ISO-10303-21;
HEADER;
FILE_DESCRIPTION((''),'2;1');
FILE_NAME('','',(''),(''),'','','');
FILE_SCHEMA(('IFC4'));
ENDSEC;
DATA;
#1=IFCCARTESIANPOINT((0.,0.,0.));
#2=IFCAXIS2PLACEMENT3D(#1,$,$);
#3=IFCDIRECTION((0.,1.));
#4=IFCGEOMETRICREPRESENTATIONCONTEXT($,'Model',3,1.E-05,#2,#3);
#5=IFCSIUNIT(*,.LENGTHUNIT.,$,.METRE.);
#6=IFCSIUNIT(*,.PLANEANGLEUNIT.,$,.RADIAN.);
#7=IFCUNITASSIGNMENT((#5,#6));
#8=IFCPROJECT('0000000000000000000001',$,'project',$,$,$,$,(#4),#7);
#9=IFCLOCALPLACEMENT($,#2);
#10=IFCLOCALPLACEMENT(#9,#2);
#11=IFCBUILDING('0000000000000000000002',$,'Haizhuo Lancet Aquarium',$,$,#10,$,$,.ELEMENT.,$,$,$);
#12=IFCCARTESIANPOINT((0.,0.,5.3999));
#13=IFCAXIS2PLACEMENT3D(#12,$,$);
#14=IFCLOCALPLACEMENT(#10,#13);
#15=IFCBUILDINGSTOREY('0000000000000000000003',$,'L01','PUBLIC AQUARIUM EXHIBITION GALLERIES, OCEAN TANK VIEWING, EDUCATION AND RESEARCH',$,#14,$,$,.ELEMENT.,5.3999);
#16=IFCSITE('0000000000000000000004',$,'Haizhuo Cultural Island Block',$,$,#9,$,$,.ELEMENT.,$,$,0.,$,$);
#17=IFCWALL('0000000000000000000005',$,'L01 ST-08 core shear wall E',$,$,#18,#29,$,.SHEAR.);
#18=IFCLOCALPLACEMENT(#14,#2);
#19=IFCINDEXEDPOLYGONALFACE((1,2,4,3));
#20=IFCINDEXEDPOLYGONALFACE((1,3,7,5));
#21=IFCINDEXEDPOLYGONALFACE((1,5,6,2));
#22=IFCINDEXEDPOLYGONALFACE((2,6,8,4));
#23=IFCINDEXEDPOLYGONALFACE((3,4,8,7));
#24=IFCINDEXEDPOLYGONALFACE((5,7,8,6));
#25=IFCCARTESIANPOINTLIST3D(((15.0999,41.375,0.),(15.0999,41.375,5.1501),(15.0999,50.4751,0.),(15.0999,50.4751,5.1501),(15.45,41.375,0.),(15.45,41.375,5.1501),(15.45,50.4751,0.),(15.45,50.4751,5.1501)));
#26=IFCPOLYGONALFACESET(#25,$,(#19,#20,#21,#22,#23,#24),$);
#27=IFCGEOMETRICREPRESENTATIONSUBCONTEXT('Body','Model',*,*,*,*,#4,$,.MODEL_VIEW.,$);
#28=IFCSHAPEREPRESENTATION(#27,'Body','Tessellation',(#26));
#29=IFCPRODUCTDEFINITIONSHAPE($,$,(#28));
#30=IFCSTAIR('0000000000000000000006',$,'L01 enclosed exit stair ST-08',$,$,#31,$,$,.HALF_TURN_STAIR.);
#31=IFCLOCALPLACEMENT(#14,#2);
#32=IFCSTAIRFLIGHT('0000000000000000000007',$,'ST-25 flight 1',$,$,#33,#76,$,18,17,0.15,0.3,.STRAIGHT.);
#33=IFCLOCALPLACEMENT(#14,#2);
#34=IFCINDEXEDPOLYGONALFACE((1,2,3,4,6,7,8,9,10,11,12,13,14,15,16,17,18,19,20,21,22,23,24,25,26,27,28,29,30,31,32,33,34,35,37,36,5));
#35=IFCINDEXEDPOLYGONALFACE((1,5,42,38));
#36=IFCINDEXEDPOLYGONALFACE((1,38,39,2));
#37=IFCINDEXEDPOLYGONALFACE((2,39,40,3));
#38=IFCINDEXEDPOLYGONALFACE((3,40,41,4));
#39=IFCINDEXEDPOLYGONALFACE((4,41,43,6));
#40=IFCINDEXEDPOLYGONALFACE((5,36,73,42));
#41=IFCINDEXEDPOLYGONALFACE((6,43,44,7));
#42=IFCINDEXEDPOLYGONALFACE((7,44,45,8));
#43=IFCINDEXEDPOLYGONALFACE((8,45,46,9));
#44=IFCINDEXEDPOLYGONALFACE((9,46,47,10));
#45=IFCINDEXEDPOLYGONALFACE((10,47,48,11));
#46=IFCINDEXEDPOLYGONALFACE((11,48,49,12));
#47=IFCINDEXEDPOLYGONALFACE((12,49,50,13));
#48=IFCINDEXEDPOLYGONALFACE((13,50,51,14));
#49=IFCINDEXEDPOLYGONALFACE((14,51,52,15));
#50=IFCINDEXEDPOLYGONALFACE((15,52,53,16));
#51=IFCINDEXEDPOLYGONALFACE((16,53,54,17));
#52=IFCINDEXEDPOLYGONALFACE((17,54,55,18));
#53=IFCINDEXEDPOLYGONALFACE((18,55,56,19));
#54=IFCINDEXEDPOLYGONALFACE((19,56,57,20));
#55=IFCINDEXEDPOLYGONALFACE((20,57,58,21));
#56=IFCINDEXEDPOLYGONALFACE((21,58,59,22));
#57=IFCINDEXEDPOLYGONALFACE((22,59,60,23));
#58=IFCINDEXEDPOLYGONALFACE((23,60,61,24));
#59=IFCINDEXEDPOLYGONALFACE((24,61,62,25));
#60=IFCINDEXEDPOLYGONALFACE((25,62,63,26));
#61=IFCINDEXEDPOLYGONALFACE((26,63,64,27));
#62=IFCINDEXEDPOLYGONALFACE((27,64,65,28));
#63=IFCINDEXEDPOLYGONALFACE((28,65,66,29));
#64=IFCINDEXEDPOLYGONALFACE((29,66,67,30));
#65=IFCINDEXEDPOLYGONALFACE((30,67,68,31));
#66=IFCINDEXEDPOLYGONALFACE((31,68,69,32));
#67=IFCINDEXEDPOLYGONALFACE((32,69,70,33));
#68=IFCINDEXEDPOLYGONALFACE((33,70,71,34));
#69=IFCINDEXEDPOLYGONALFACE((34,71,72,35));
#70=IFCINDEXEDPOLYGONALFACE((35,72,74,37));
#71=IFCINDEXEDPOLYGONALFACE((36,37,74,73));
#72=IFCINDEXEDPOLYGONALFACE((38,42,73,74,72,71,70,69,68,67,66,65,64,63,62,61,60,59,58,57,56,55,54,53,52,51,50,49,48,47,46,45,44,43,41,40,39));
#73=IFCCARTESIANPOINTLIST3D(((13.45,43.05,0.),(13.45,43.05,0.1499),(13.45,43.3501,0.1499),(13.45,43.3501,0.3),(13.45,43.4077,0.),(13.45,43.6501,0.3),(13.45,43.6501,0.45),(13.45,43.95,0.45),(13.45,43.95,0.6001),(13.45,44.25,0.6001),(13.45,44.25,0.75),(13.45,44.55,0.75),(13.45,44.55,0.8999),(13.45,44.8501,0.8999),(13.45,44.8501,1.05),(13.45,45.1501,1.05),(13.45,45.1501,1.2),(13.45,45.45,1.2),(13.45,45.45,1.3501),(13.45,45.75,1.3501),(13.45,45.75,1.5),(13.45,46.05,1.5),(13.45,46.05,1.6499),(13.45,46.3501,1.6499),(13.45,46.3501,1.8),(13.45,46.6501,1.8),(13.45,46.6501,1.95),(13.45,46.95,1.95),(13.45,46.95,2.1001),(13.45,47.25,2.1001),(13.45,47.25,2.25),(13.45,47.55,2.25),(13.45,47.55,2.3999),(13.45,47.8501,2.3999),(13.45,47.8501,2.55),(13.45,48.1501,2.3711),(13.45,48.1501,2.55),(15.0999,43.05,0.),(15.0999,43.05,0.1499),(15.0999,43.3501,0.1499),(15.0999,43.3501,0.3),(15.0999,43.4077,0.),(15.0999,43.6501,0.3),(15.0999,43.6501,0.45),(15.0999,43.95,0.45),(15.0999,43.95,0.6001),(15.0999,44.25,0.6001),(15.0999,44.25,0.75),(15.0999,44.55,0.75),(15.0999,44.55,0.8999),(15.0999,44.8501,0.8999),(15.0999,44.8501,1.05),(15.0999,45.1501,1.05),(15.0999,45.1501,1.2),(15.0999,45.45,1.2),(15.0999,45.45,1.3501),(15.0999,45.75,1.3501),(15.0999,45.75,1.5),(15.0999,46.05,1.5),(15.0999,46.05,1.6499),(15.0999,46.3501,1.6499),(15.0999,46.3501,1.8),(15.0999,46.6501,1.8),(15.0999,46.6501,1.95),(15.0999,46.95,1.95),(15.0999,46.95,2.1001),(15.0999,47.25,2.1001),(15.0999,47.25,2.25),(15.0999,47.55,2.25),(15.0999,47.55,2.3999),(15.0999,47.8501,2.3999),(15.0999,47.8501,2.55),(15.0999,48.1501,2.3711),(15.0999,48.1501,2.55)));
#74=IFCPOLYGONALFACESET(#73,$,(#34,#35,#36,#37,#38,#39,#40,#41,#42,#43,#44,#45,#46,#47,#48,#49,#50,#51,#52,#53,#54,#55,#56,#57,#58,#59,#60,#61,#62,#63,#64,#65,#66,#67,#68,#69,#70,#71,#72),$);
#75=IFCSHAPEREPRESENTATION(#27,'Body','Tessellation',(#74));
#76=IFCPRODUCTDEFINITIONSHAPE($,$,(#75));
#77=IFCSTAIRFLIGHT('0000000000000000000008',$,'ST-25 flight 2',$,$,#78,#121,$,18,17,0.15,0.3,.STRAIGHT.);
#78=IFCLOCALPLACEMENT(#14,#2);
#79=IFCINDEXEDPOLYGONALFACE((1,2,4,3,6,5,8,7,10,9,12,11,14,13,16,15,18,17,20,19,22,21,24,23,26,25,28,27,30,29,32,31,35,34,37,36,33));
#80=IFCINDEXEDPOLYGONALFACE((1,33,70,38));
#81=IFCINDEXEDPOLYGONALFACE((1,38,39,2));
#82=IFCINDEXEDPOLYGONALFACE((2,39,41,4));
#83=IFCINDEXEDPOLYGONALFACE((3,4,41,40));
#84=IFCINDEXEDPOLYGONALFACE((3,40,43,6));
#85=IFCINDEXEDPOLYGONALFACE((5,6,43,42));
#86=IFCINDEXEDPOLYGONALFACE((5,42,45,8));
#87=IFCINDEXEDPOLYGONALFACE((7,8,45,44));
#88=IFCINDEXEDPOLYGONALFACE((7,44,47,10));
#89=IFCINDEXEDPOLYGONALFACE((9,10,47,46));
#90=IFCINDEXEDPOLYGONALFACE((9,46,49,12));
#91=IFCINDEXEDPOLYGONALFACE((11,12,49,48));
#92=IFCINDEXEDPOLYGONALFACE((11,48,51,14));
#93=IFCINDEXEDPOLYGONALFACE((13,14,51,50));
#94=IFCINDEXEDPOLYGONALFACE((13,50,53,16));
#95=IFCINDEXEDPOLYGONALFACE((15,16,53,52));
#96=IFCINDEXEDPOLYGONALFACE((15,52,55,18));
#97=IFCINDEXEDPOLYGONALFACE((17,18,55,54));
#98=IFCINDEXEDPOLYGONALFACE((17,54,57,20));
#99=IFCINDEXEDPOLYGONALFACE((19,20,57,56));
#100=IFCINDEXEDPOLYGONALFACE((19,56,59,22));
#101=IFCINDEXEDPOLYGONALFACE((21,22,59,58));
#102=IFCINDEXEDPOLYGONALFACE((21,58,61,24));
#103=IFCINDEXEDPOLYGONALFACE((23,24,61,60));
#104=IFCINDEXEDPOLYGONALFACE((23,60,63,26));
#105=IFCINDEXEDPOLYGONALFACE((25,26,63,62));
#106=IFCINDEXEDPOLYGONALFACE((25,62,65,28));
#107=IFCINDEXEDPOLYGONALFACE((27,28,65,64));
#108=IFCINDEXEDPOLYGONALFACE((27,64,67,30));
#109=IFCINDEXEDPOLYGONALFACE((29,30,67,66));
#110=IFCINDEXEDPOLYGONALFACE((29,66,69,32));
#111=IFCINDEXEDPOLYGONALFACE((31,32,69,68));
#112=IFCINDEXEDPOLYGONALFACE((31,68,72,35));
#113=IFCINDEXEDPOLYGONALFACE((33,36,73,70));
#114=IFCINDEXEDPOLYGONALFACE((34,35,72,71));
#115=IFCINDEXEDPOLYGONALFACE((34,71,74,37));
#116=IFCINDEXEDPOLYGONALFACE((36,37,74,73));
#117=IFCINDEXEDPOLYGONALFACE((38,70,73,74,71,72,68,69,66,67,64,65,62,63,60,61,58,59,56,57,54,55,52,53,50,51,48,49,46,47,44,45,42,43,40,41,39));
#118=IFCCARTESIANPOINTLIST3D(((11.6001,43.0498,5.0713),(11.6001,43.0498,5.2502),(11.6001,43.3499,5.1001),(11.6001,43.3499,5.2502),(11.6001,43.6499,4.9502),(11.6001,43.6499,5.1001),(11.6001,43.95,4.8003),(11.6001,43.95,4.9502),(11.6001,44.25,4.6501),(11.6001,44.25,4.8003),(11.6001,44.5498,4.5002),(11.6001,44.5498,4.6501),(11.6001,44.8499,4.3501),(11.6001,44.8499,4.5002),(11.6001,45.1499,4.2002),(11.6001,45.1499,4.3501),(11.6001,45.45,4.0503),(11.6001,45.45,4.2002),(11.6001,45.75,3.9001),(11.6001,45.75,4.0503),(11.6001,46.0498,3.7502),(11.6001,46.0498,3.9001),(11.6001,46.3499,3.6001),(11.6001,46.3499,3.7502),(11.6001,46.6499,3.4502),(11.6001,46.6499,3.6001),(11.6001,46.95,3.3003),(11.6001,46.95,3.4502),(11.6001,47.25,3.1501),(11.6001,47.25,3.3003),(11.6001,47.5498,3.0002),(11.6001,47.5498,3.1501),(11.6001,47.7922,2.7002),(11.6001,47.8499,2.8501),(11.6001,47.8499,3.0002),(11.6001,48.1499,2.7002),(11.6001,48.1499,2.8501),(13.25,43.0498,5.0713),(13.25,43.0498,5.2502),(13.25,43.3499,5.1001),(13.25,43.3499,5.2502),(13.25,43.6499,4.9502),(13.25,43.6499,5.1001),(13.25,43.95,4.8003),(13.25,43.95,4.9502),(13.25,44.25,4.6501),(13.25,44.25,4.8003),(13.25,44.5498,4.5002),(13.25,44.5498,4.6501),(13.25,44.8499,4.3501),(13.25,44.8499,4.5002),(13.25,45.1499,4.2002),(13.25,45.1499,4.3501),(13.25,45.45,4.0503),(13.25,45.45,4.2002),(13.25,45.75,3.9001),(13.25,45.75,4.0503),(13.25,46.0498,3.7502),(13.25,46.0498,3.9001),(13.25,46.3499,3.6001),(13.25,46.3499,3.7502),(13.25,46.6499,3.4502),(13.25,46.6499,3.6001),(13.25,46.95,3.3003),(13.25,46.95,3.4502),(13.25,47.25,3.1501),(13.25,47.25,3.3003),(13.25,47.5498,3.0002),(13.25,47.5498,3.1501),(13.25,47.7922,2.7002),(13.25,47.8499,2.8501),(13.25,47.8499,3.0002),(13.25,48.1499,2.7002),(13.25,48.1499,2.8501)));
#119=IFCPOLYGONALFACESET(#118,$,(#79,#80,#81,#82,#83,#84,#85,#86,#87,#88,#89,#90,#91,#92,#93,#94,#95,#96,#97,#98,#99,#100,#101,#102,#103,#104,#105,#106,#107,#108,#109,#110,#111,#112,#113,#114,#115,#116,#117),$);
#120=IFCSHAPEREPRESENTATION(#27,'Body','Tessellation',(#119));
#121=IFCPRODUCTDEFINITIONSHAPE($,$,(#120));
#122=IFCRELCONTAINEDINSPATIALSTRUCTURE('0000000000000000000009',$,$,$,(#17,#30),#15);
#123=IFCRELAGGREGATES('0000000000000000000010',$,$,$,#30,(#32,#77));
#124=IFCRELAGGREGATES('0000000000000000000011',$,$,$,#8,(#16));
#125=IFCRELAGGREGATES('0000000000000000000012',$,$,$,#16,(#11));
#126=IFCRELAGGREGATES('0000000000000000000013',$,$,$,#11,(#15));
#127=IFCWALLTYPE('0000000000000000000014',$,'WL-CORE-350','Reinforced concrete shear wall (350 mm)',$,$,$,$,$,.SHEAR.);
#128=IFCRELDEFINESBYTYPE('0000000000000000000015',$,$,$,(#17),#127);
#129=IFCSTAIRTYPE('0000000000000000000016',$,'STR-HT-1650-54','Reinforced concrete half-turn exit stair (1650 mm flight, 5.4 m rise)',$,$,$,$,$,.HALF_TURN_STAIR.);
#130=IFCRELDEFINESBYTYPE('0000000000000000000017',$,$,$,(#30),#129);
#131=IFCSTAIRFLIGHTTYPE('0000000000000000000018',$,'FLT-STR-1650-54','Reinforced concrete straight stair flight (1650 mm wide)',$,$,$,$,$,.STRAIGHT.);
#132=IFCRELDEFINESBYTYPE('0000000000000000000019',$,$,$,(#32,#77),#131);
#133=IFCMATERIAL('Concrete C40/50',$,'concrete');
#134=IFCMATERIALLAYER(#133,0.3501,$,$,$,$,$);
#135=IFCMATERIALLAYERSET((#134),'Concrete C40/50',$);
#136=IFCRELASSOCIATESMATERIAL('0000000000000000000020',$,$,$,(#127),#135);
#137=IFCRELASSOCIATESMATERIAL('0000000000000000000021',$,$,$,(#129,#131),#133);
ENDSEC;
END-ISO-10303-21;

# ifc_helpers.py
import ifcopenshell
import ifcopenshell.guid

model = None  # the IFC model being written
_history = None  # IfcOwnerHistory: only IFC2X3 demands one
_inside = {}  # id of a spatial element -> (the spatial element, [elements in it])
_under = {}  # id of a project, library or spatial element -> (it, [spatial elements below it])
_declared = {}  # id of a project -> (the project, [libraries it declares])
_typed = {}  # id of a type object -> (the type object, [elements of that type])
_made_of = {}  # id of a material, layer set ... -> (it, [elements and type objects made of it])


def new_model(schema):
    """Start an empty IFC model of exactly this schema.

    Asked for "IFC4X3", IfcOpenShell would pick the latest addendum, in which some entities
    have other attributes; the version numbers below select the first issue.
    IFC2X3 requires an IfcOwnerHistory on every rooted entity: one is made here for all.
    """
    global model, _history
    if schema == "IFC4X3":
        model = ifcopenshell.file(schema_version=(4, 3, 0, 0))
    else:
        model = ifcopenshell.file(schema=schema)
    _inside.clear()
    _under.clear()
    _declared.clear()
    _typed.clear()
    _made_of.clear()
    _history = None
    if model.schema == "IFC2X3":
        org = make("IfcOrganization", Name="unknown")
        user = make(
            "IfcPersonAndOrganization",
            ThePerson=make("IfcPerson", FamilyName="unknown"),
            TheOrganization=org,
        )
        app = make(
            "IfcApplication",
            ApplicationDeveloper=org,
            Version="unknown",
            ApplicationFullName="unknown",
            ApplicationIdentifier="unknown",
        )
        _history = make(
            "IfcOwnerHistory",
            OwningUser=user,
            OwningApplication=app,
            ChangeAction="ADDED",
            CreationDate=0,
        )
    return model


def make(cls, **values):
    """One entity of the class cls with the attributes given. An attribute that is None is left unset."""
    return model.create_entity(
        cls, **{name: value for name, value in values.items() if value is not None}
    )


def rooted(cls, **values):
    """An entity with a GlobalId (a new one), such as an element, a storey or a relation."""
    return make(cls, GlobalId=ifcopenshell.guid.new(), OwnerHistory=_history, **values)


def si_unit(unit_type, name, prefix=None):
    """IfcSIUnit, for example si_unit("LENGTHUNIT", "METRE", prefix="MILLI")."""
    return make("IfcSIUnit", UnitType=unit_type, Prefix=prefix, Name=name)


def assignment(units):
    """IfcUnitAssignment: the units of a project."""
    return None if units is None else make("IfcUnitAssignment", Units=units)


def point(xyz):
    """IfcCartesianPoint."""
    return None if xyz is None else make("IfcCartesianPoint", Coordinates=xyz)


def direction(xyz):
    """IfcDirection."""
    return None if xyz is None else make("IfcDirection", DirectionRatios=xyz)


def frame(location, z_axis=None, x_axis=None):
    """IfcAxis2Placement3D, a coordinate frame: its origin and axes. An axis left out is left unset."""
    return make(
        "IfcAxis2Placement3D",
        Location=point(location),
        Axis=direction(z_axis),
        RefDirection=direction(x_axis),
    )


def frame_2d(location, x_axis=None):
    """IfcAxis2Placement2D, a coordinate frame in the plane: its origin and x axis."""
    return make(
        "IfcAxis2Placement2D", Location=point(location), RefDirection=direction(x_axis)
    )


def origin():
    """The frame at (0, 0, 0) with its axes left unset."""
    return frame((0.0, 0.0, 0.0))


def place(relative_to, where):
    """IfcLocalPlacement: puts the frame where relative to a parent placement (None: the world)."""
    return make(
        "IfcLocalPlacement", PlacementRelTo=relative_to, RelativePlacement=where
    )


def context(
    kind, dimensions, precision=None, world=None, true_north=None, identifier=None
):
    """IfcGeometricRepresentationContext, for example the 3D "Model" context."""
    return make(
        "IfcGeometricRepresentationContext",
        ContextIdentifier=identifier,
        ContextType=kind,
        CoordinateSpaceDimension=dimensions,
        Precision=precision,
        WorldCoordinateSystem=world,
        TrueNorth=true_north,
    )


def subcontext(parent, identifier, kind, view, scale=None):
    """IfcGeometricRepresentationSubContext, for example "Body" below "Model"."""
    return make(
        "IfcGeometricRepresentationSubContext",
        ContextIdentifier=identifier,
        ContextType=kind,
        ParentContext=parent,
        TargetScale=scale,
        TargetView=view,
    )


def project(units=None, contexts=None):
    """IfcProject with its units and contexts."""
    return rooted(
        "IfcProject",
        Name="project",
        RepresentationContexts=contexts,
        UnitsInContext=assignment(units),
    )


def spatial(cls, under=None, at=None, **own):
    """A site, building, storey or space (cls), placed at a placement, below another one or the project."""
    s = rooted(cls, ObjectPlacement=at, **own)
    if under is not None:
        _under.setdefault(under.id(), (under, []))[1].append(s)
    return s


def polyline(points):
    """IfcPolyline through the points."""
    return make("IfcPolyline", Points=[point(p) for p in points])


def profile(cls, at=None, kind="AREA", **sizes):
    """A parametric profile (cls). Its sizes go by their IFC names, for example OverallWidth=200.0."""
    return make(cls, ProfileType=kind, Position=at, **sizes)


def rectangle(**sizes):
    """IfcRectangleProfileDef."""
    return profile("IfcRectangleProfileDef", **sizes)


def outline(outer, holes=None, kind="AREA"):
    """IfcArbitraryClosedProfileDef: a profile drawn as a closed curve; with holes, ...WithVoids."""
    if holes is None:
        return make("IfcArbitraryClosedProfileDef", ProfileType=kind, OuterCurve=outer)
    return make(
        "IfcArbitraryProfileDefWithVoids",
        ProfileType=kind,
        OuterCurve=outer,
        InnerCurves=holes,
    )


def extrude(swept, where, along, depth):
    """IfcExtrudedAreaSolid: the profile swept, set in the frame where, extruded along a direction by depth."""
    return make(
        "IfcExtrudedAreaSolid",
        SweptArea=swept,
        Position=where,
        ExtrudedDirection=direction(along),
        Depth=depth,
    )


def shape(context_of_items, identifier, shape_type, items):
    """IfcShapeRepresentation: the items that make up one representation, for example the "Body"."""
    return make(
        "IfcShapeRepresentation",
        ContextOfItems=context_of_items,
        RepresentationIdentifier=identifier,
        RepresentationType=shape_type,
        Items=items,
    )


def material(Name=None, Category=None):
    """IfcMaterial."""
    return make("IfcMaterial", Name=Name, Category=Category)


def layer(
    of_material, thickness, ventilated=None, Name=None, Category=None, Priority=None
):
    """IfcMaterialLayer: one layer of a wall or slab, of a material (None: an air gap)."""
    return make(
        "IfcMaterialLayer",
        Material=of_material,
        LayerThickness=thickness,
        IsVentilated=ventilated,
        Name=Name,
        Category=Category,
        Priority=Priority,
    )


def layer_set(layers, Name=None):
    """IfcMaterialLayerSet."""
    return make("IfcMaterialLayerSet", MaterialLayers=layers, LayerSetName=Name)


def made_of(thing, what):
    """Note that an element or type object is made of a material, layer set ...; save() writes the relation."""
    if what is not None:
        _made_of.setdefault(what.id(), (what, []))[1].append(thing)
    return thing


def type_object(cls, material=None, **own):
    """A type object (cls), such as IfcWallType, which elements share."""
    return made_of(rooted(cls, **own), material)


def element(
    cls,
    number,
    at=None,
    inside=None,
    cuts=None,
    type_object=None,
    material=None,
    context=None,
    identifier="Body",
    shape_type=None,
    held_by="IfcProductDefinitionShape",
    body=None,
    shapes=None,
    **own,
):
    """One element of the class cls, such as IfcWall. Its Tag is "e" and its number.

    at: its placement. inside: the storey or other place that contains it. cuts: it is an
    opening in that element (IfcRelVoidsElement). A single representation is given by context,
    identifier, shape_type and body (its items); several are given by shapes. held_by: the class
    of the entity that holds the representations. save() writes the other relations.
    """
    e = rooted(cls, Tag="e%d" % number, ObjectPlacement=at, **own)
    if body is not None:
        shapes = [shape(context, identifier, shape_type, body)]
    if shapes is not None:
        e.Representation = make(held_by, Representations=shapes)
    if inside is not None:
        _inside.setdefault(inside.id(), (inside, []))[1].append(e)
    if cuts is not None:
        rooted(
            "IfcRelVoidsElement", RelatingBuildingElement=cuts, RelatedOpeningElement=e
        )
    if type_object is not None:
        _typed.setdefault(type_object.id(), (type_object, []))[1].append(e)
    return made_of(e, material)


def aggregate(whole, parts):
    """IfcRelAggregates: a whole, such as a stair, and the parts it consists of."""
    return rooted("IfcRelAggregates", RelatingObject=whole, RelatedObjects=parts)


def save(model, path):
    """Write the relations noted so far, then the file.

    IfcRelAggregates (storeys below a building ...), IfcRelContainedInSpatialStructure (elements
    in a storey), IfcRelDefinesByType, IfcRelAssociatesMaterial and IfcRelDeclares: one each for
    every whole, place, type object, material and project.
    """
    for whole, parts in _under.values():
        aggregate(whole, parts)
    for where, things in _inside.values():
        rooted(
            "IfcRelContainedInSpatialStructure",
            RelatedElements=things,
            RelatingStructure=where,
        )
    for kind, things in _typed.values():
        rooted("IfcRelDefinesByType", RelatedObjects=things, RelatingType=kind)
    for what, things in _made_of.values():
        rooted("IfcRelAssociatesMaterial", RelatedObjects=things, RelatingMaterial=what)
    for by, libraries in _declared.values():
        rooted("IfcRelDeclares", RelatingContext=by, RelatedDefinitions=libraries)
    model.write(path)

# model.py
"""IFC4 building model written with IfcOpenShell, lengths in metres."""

from ifc_helpers import new_model, si_unit, direction, frame, frame_2d, origin, place, context, subcontext, project, spatial, polyline, rectangle, outline, extrude, material, layer, layer_set, type_object, element, aggregate, save


model = new_model("IFC4")

# Units and contexts
model_context = context("Model", 3, precision=1e-05, world=origin(), true_north=direction((0.0, 1.0)))
body_context = subcontext(model_context, "Body", "Model", "MODEL_VIEW")
ifc_project = project(units=[si_unit("LENGTHUNIT", "METRE"), si_unit("PLANEANGLEUNIT", "RADIAN")], contexts=[model_context])

# Site, building, storey
site_placement = place(None, origin())
site = spatial("IfcSite", under=ifc_project, at=site_placement, Name="Haizhuo Cultural Island Block", CompositionType="ELEMENT", RefElevation=0.0)
building_placement = place(site_placement, origin())
building = spatial("IfcBuilding", under=site, at=building_placement, Name="Haizhuo Lancet Aquarium", CompositionType="ELEMENT")
storey_placement = place(building_placement, frame((0.0, 0.0, 5.3999)))
storey = spatial("IfcBuildingStorey", under=building, at=storey_placement, Name="L01", Description="PUBLIC AQUARIUM EXHIBITION GALLERIES, OCEAN TANK VIEWING, EDUCATION AND RESEARCH", CompositionType="ELEMENT", Elevation=5.3999)

# Shared definitions
ifc_material_1 = material(Name="Concrete C40/50", Category="concrete")

# Shared definitions
ifc_layer_1 = layer(ifc_material_1, 0.3501)
ifc_layer_set_1 = layer_set([ifc_layer_1], Name="Concrete C40/50")
wall_type_1 = type_object("IfcWallType", Name="WL-CORE-350", Description="Reinforced concrete shear wall (350 mm)", PredefinedType="SHEAR", material=ifc_layer_set_1)

# Wall
for number, where, z_axis, x_axis, name in (
    (1, (15.2749, 41.375, 0.0), (0.0, 0.0, 1.0), (0.0, 1.0, 0.0), "L01 ST-08 core shear wall E"),
):
    element("IfcWall", number, at=place(storey_placement, frame(where, z_axis=z_axis, x_axis=x_axis)), inside=storey, type_object=wall_type_1, Name=name, PredefinedType="SHEAR", context=body_context, shape_type="SweptSolid", body=[
        extrude(rectangle(XDim=9.1001, YDim=0.3501, at=frame_2d((4.55, 0.0))), origin(), (0.0, 0.0, 1.0), 5.1501),
    ])

# Stair, stair flights
stair_type = type_object("IfcStairType", Name="STR-HT-1650-54", Description="Reinforced concrete half-turn exit stair (1650 mm flight, 5.4 m rise)", PredefinedType="HALF_TURN_STAIR", material=ifc_material_1)
stair_placement = place(storey_placement, origin())
stair = element("IfcStair", 2, at=stair_placement, inside=storey, type_object=stair_type, Name="L01 enclosed exit stair ST-08", PredefinedType="HALF_TURN_STAIR")
stair_flight_type = type_object("IfcStairFlightType", Name="FLT-STR-1650-54", Description="Reinforced concrete straight stair flight (1650 mm wide)", PredefinedType="STRAIGHT", material=ifc_material_1)
stair_flight_1_placement = place(storey_placement, frame((14.2749, 43.05, 0.0), z_axis=(0.0, 0.0, 1.0), x_axis=(0.0, 1.0, 0.0)))
stair_flight_1 = element("IfcStairFlight", 3, at=stair_flight_1_placement, type_object=stair_flight_type, Name="ST-25 flight 1", NumberOfRisers=18, NumberOfTreads=17, PredefinedType="STRAIGHT", RiserHeight=0.15, TreadLength=0.3, context=body_context, shape_type="SweptSolid", body=[
    extrude(outline(polyline([(0.0, 0.0), (0.0, 0.1499), (0.3, 0.1499), (0.3, 0.3), (0.6001, 0.3), (0.6001, 0.45), (0.8999, 0.45), (0.8999, 0.6001), (1.2, 0.6001), (1.2, 0.75), (1.5, 0.75), (1.5, 0.8999), (1.8, 0.8999), (1.8, 1.05), (2.1001, 1.05), (2.1001, 1.2), (2.3999, 1.2), (2.3999, 1.3501), (2.7, 1.3501), (2.7, 1.5), (3.0, 1.5), (3.0, 1.6499), (3.3, 1.6499), (3.3, 1.8), (3.6001, 1.8), (3.6001, 1.95), (3.8999, 1.95), (3.8999, 2.1001), (4.2, 2.1001), (4.2, 2.25), (4.5, 2.25), (4.5, 2.3999), (4.8, 2.3999), (4.8, 2.55), (5.1001, 2.55), (5.1001, 2.7), (5.1001, 2.3711), (0.3577, 0.0), (0.0, 0.0)])), frame((0.0, 0.825, 0.0), z_axis=(0.0, -1.0, 0.0), x_axis=(1.0, 0.0, 0.0)), (0.0, 0.0, 1.0), 1.6499),
])
stair_flight_2_placement = place(storey_placement, frame((12.425, 48.1499, 2.7002), z_axis=(0.0, 0.0, 1.0), x_axis=(0.0, -1.0, 0.0)))
stair_flight_2 = element("IfcStairFlight", 4, at=stair_flight_2_placement, type_object=stair_flight_type, Name="ST-25 flight 2", NumberOfRisers=18, NumberOfTreads=17, PredefinedType="STRAIGHT", RiserHeight=0.15, TreadLength=0.3, context=body_context, shape_type="SweptSolid", body=[
    extrude(outline(polyline([(0.0, 0.0), (0.0, 0.1499), (0.3, 0.1499), (0.3, 0.3), (0.6001, 0.3), (0.6001, 0.45), (0.8999, 0.45), (0.8999, 0.6001), (1.2, 0.6001), (1.2, 0.75), (1.5, 0.75), (1.5, 0.8999), (1.8, 0.8999), (1.8, 1.05), (2.1001, 1.05), (2.1001, 1.2), (2.3999, 1.2), (2.3999, 1.3501), (2.7, 1.3501), (2.7, 1.5), (3.0, 1.5), (3.0, 1.6499), (3.3, 1.6499), (3.3, 1.8), (3.6001, 1.8), (3.6001, 1.95), (3.8999, 1.95), (3.8999, 2.1001), (4.2, 2.1001), (4.2, 2.25), (4.5, 2.25), (4.5, 2.3999), (4.8, 2.3999), (4.8, 2.55), (5.1001, 2.55), (5.1001, 2.7), (5.1001, 2.3711), (0.3577, 0.0), (0.0, 0.0)])), frame((0.0, 0.825, 0.0), z_axis=(0.0, -1.0, 0.0), x_axis=(1.0, 0.0, 0.0)), (0.0, 0.0, 1.0), 1.6499),
])
aggregate(stair, [stair_flight_1, stair_flight_2])

save(model, "model.ifc")
